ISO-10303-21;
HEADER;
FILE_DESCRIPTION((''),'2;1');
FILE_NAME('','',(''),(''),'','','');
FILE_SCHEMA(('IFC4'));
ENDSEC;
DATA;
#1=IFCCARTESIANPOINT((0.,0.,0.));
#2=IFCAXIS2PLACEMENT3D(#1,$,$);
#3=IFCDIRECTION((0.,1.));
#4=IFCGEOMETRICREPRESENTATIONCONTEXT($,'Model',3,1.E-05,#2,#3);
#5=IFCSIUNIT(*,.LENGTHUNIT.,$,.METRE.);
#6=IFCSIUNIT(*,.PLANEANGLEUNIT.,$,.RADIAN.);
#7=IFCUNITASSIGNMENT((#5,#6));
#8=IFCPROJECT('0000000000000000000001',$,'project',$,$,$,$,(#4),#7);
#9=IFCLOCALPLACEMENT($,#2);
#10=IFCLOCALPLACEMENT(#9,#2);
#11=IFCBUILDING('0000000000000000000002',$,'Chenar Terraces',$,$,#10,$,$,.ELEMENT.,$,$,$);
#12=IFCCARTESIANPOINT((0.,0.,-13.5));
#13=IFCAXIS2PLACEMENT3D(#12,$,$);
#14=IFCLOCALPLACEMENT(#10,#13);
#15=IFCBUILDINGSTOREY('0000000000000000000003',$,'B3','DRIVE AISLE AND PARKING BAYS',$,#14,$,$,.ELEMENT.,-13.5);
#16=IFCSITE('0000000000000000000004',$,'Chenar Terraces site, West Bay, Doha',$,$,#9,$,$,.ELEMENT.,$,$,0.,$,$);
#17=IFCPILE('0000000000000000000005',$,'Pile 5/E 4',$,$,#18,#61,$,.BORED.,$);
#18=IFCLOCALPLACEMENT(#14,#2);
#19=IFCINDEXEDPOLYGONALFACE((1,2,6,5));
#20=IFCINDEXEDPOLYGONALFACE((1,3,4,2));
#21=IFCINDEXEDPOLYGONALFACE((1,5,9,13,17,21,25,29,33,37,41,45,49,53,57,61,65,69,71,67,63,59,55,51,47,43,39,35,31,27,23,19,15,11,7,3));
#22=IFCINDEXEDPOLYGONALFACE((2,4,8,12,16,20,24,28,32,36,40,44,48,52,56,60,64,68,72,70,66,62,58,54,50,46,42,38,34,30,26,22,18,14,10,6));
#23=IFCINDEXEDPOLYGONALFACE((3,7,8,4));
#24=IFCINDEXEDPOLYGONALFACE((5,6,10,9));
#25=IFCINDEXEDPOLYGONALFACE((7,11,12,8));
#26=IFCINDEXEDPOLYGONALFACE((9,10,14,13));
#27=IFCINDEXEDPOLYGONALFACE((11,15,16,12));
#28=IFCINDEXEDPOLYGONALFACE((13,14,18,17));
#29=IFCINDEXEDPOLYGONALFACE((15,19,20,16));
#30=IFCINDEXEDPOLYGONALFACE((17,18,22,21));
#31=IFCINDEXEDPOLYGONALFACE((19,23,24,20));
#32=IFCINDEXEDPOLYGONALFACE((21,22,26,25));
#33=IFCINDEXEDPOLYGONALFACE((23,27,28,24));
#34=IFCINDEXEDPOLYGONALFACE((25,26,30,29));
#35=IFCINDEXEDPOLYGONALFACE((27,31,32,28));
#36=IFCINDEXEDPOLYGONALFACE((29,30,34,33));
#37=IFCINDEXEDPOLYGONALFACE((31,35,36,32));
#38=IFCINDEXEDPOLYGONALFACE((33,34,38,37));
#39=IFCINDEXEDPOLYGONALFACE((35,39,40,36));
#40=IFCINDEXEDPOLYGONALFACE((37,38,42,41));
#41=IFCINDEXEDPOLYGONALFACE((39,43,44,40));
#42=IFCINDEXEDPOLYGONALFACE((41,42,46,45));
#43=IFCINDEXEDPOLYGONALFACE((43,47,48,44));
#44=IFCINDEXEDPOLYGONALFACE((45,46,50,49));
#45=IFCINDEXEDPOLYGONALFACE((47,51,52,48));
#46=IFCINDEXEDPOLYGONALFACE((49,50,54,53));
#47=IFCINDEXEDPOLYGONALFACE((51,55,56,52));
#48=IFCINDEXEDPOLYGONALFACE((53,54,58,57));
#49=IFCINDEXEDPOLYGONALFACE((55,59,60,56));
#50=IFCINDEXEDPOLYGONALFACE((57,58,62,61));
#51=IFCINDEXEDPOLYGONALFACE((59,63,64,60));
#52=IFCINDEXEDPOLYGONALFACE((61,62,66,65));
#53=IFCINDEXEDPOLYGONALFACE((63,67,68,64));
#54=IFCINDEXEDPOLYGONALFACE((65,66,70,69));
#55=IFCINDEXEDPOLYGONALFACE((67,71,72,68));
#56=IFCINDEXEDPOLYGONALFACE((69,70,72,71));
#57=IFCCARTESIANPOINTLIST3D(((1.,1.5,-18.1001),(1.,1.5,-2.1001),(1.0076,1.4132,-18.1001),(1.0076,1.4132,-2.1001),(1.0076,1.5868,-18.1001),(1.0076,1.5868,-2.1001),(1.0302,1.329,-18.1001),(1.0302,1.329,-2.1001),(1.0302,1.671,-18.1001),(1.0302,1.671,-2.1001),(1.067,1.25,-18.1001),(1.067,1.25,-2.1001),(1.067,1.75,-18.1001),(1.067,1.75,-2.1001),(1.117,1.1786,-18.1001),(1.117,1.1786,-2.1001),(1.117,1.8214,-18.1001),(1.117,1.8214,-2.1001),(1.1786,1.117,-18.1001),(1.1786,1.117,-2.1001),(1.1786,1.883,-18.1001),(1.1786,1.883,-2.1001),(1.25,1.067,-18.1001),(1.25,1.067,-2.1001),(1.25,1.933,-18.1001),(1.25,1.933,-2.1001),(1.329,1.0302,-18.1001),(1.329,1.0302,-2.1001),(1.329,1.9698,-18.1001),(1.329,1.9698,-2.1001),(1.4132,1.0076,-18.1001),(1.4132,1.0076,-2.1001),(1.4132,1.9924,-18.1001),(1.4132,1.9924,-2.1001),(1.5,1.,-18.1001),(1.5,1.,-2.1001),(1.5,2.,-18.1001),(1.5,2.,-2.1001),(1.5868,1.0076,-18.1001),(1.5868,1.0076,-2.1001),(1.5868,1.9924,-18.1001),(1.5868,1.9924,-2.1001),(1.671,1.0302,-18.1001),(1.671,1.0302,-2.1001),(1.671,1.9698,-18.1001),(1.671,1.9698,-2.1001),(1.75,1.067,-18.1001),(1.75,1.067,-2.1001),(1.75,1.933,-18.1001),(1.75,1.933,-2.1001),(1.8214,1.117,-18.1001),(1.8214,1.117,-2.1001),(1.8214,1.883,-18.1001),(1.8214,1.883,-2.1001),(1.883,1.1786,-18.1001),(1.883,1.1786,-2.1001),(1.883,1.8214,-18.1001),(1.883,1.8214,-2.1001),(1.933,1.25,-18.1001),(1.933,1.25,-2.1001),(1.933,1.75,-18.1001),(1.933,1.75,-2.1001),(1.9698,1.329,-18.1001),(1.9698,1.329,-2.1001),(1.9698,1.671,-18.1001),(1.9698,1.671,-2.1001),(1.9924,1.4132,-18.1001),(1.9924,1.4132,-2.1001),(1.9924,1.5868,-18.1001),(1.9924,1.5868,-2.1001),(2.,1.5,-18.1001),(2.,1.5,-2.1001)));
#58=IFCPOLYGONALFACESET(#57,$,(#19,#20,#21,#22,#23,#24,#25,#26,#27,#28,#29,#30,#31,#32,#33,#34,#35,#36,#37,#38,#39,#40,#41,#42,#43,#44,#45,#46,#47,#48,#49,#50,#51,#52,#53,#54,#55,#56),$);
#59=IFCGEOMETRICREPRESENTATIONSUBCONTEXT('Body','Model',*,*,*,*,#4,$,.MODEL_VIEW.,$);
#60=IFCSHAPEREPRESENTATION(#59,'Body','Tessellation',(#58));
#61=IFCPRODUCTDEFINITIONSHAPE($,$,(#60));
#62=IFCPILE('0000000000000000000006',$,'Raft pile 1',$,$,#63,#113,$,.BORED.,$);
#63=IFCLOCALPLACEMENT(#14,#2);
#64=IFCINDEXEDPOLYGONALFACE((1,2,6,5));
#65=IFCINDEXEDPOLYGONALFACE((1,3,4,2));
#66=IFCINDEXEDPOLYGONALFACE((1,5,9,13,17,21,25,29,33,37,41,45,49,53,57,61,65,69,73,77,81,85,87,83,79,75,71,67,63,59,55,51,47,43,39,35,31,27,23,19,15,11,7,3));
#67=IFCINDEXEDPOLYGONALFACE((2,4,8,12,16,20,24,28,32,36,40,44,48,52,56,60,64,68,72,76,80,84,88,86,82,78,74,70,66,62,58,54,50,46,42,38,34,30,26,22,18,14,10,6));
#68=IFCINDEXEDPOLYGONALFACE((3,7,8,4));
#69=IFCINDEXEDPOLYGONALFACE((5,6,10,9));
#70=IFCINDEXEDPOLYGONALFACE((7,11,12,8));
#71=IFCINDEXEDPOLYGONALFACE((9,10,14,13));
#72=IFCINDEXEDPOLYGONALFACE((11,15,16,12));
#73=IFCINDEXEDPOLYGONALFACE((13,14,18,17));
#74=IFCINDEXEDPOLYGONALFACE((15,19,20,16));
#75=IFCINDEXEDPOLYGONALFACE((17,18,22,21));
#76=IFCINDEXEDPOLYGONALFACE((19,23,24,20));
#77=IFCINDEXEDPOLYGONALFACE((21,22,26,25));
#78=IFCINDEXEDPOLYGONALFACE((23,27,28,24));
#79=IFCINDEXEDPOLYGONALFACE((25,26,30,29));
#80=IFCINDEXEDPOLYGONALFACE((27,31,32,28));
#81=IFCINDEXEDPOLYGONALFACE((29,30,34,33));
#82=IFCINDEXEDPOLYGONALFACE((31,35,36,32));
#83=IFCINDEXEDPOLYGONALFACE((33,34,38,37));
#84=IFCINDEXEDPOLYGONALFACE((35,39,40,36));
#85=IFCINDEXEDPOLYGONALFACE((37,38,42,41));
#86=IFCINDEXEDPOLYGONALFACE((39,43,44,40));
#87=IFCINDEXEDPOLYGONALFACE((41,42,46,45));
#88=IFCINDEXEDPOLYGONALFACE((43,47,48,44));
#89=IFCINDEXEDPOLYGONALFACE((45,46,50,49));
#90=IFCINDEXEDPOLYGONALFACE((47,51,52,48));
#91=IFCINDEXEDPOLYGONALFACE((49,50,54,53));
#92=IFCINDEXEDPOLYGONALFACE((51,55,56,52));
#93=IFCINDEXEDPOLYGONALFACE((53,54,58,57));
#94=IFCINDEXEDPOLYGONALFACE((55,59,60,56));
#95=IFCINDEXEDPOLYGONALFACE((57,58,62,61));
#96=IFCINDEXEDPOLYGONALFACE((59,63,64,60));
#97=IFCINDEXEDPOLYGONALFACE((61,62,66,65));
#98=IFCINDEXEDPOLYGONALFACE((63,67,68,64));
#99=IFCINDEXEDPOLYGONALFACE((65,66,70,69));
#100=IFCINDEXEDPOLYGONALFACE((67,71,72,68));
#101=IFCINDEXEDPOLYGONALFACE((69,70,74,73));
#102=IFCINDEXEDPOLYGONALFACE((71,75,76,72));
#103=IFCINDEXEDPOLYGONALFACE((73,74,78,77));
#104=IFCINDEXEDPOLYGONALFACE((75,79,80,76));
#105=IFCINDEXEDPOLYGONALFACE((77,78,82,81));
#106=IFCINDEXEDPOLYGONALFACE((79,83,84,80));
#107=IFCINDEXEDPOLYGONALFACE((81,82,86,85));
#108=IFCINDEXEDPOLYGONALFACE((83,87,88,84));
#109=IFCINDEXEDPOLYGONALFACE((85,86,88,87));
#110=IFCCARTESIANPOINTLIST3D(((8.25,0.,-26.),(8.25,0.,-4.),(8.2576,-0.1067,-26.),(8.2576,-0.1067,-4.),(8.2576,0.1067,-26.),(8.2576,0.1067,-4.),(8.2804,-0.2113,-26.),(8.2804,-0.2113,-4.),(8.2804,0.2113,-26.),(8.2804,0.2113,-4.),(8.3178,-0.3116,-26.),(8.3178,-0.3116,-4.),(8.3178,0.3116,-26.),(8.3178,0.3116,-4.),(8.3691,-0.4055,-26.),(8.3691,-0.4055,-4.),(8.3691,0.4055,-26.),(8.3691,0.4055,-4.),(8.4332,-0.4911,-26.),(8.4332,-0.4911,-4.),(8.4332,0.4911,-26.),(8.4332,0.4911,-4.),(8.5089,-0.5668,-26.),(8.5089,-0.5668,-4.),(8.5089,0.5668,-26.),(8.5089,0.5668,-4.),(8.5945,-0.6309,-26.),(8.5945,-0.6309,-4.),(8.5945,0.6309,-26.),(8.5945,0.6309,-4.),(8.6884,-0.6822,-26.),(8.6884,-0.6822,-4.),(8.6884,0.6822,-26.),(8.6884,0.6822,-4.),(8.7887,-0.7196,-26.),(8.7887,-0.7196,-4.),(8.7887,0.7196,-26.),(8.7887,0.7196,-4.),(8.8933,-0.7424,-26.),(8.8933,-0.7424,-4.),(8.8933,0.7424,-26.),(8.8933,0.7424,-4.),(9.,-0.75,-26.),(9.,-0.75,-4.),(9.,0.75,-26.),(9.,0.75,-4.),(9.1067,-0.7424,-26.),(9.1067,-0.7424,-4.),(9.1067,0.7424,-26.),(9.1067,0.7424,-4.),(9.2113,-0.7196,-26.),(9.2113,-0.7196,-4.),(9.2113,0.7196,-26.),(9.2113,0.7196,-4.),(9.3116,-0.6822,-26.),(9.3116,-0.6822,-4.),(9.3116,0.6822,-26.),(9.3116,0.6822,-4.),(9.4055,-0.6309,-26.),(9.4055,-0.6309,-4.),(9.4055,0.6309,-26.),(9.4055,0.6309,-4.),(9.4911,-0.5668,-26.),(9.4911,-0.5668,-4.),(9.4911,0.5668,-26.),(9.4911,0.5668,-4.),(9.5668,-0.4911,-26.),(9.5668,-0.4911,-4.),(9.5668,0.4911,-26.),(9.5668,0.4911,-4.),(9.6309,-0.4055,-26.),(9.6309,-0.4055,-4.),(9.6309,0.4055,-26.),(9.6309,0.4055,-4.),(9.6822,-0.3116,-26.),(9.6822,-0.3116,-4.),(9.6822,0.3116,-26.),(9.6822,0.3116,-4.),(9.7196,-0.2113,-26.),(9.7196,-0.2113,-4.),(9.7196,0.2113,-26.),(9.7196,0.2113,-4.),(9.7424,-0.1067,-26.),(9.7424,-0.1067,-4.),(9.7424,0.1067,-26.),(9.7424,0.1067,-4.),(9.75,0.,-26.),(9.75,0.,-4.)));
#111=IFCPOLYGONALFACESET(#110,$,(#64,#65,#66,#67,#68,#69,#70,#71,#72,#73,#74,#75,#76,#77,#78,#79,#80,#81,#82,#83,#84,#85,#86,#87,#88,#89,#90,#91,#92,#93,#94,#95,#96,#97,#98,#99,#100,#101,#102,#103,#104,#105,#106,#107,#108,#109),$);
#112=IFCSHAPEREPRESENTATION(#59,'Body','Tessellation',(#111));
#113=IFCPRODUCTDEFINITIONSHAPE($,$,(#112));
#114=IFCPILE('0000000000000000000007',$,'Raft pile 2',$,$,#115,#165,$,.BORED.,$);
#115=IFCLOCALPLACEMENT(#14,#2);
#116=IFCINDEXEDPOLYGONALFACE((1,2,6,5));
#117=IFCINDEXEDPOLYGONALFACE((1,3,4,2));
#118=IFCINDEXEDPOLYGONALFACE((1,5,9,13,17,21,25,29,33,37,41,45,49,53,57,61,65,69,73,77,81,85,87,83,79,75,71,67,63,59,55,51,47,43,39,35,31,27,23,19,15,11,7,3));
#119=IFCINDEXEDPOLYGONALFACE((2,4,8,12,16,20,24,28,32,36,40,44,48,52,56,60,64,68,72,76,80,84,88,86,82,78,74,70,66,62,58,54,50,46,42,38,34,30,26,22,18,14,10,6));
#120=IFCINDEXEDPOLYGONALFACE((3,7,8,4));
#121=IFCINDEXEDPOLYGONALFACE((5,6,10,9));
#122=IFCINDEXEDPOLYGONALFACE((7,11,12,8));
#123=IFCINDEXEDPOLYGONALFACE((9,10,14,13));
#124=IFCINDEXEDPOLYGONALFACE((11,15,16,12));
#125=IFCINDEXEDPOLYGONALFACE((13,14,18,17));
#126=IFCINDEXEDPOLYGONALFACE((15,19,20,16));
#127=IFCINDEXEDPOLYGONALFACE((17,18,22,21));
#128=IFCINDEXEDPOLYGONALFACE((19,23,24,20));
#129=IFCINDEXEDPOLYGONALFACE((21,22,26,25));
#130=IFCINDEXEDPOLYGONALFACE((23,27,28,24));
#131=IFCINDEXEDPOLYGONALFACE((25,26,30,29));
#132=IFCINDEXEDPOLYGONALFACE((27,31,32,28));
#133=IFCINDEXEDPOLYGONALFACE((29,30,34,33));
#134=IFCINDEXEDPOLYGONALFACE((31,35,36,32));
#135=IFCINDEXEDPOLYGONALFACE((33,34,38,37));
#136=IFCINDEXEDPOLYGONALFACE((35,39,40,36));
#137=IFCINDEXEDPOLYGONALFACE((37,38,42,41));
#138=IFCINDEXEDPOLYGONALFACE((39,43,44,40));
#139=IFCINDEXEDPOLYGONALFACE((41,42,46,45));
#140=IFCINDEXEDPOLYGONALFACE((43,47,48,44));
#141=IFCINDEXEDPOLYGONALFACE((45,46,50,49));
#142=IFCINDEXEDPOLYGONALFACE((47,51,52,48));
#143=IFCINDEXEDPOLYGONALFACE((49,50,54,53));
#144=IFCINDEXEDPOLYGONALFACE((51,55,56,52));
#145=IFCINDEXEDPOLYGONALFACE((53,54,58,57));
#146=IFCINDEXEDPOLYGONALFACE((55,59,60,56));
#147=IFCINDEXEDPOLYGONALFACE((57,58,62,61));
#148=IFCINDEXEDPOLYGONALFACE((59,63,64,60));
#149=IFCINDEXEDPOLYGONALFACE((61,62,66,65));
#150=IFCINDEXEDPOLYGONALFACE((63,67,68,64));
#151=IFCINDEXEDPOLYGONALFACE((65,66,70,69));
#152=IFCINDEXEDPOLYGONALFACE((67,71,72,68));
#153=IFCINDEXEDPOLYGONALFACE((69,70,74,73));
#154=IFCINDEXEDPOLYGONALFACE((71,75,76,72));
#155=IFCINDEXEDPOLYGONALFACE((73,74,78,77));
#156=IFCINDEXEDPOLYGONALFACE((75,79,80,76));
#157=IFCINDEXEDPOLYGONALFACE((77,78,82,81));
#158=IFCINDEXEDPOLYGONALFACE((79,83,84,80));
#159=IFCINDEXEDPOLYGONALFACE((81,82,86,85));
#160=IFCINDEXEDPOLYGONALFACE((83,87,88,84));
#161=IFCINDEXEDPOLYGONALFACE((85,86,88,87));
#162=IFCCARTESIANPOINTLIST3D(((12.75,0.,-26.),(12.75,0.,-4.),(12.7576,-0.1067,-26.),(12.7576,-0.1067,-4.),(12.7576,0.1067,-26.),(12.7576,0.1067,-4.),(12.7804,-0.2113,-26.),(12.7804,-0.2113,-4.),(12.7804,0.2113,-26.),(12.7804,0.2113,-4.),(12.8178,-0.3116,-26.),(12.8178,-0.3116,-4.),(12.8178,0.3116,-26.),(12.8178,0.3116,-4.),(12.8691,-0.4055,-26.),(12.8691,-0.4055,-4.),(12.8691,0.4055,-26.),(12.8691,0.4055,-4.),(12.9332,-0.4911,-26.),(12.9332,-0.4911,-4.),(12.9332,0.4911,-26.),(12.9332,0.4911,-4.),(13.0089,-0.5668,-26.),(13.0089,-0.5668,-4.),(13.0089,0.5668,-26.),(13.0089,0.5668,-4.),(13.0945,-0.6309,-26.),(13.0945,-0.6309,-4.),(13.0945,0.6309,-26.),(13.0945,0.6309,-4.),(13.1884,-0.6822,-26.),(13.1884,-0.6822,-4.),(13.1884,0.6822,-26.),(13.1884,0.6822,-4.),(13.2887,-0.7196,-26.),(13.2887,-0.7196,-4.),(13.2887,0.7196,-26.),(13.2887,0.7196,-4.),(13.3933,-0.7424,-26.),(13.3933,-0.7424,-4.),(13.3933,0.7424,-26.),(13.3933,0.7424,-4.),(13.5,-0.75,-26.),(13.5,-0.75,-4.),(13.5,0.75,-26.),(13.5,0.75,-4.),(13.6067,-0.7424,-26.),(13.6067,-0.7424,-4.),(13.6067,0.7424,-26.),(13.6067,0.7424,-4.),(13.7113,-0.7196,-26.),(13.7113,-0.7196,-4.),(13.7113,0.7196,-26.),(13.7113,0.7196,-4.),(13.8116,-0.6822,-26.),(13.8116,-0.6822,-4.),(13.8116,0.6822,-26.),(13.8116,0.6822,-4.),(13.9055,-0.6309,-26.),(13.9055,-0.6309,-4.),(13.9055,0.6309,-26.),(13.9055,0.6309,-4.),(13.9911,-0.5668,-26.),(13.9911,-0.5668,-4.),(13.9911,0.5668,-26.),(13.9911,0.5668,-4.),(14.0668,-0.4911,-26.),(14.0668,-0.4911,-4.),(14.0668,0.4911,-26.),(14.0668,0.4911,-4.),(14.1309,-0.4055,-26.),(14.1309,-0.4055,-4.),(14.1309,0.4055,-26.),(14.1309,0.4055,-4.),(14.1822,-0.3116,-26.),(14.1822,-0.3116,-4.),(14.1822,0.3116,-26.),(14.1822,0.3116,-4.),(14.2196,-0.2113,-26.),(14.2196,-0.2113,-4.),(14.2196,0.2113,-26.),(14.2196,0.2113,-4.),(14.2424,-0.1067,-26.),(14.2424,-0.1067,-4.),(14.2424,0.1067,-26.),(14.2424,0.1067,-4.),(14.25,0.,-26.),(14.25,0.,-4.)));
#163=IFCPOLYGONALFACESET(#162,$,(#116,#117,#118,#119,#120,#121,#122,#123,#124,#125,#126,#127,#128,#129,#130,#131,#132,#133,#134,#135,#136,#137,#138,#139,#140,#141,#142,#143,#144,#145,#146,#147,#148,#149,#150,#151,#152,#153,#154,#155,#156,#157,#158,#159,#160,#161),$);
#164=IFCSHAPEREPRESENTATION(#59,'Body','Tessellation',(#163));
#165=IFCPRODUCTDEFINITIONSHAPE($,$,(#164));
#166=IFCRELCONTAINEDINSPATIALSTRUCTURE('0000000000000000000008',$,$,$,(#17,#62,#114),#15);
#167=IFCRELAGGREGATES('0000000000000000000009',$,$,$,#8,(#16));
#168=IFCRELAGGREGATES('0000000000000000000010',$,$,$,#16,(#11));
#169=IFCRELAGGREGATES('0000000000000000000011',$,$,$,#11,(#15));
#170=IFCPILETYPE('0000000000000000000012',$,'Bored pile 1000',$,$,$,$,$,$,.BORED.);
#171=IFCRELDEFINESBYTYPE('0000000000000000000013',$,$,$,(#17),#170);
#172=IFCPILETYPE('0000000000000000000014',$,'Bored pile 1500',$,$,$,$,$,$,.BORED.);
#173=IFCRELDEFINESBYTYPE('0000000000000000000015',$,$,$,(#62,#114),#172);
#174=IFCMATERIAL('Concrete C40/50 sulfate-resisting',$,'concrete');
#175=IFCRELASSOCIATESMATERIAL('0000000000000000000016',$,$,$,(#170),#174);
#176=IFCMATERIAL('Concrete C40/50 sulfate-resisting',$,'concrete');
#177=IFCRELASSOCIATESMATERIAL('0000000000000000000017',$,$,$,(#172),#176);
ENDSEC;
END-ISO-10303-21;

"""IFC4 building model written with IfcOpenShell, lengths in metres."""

from ifc_helpers import new_model, si_unit, direction, frame, origin, origin_2d, place, context, subcontext, project, spatial, circle, extrude, material, material_profile, profile_set, type_object, element, save


model = new_model("IFC4")

# Units and contexts
model_context = context("Model", 3, precision=1e-05, world=origin(), true_north=direction((0.0, 1.0)))
body_context = subcontext(model_context, "Body", "Model", "MODEL_VIEW")
ifc_project = project(units=[si_unit("LENGTHUNIT", "METRE"), si_unit("PLANEANGLEUNIT", "RADIAN")], contexts=[model_context])

# Site, building, storey
site_placement = place(None, origin())
site = spatial("IfcSite", under=ifc_project, at=site_placement, Name="Chenar Terraces site, West Bay, Doha", CompositionType="ELEMENT", RefElevation=0.0)
building_placement = place(site_placement, origin())
building = spatial("IfcBuilding", under=site, at=building_placement, Name="Chenar Terraces", CompositionType="ELEMENT")
storey_placement = place(building_placement, frame((0.0, 0.0, -13.5)))
storey = spatial("IfcBuildingStorey", under=building, at=storey_placement, Name="B3", Description="DRIVE AISLE AND PARKING BAYS", CompositionType="ELEMENT", Elevation=-13.5)

# Piles
ifc_material_1 = material(Name="Concrete C40/50 sulfate-resisting", Category="concrete")
ifc_material_profile_1 = material_profile(ifc_material_1, circle(Radius=0.5, at=origin_2d()), Name="BP 1000")
ifc_profile_set_1 = profile_set([ifc_material_profile_1], Name="Concrete C40/50 sulfate-resisting")
pile_type_1 = type_object("IfcPileType", Name="Bored pile 1000", PredefinedType="BORED", material=ifc_profile_set_1)
pile_1_placement = place(storey_placement, frame((1.5, 1.5, -2.1001), z_axis=(0.0, 0.0, -1.0), x_axis=(1.0, 0.0, 0.0)))
element("IfcPile", 1, at=pile_1_placement, inside=storey, type_object=pile_type_1, Name="Pile 5/E 4", PredefinedType="BORED", context=body_context, shape_type="SweptSolid", body=[
    extrude(circle(Radius=0.5, at=origin_2d()), origin(), (0.0, 0.0, 1.0), 16.0),
])
ifc_material_2 = material(Name="Concrete C40/50 sulfate-resisting", Category="concrete")
ifc_material_profile_2 = material_profile(ifc_material_2, circle(Radius=0.75, at=origin_2d()), Name="BP 1500")
ifc_profile_set_2 = profile_set([ifc_material_profile_2], Name="Concrete C40/50 sulfate-resisting")
pile_type_2 = type_object("IfcPileType", Name="Bored pile 1500", PredefinedType="BORED", material=ifc_profile_set_2)
for number, where, z_axis, x_axis, name in (
    (2, (9.0, 0.0, -4.0), (0.0, 0.0, -1.0), (1.0, 0.0, 0.0), "Raft pile 1"),
    (3, (13.5, 0.0, -4.0), (0.0, 0.0, -1.0), (1.0, 0.0, 0.0), "Raft pile 2"),
):
    element("IfcPile", number, at=place(storey_placement, frame(where, z_axis=z_axis, x_axis=x_axis)), inside=storey, type_object=pile_type_2, Name=name, PredefinedType="BORED", context=body_context, shape_type="SweptSolid", body=[
        extrude(circle(Radius=0.75, at=origin_2d()), origin(), (0.0, 0.0, 1.0), 22.0),
    ])

save(model, "model.ifc")
